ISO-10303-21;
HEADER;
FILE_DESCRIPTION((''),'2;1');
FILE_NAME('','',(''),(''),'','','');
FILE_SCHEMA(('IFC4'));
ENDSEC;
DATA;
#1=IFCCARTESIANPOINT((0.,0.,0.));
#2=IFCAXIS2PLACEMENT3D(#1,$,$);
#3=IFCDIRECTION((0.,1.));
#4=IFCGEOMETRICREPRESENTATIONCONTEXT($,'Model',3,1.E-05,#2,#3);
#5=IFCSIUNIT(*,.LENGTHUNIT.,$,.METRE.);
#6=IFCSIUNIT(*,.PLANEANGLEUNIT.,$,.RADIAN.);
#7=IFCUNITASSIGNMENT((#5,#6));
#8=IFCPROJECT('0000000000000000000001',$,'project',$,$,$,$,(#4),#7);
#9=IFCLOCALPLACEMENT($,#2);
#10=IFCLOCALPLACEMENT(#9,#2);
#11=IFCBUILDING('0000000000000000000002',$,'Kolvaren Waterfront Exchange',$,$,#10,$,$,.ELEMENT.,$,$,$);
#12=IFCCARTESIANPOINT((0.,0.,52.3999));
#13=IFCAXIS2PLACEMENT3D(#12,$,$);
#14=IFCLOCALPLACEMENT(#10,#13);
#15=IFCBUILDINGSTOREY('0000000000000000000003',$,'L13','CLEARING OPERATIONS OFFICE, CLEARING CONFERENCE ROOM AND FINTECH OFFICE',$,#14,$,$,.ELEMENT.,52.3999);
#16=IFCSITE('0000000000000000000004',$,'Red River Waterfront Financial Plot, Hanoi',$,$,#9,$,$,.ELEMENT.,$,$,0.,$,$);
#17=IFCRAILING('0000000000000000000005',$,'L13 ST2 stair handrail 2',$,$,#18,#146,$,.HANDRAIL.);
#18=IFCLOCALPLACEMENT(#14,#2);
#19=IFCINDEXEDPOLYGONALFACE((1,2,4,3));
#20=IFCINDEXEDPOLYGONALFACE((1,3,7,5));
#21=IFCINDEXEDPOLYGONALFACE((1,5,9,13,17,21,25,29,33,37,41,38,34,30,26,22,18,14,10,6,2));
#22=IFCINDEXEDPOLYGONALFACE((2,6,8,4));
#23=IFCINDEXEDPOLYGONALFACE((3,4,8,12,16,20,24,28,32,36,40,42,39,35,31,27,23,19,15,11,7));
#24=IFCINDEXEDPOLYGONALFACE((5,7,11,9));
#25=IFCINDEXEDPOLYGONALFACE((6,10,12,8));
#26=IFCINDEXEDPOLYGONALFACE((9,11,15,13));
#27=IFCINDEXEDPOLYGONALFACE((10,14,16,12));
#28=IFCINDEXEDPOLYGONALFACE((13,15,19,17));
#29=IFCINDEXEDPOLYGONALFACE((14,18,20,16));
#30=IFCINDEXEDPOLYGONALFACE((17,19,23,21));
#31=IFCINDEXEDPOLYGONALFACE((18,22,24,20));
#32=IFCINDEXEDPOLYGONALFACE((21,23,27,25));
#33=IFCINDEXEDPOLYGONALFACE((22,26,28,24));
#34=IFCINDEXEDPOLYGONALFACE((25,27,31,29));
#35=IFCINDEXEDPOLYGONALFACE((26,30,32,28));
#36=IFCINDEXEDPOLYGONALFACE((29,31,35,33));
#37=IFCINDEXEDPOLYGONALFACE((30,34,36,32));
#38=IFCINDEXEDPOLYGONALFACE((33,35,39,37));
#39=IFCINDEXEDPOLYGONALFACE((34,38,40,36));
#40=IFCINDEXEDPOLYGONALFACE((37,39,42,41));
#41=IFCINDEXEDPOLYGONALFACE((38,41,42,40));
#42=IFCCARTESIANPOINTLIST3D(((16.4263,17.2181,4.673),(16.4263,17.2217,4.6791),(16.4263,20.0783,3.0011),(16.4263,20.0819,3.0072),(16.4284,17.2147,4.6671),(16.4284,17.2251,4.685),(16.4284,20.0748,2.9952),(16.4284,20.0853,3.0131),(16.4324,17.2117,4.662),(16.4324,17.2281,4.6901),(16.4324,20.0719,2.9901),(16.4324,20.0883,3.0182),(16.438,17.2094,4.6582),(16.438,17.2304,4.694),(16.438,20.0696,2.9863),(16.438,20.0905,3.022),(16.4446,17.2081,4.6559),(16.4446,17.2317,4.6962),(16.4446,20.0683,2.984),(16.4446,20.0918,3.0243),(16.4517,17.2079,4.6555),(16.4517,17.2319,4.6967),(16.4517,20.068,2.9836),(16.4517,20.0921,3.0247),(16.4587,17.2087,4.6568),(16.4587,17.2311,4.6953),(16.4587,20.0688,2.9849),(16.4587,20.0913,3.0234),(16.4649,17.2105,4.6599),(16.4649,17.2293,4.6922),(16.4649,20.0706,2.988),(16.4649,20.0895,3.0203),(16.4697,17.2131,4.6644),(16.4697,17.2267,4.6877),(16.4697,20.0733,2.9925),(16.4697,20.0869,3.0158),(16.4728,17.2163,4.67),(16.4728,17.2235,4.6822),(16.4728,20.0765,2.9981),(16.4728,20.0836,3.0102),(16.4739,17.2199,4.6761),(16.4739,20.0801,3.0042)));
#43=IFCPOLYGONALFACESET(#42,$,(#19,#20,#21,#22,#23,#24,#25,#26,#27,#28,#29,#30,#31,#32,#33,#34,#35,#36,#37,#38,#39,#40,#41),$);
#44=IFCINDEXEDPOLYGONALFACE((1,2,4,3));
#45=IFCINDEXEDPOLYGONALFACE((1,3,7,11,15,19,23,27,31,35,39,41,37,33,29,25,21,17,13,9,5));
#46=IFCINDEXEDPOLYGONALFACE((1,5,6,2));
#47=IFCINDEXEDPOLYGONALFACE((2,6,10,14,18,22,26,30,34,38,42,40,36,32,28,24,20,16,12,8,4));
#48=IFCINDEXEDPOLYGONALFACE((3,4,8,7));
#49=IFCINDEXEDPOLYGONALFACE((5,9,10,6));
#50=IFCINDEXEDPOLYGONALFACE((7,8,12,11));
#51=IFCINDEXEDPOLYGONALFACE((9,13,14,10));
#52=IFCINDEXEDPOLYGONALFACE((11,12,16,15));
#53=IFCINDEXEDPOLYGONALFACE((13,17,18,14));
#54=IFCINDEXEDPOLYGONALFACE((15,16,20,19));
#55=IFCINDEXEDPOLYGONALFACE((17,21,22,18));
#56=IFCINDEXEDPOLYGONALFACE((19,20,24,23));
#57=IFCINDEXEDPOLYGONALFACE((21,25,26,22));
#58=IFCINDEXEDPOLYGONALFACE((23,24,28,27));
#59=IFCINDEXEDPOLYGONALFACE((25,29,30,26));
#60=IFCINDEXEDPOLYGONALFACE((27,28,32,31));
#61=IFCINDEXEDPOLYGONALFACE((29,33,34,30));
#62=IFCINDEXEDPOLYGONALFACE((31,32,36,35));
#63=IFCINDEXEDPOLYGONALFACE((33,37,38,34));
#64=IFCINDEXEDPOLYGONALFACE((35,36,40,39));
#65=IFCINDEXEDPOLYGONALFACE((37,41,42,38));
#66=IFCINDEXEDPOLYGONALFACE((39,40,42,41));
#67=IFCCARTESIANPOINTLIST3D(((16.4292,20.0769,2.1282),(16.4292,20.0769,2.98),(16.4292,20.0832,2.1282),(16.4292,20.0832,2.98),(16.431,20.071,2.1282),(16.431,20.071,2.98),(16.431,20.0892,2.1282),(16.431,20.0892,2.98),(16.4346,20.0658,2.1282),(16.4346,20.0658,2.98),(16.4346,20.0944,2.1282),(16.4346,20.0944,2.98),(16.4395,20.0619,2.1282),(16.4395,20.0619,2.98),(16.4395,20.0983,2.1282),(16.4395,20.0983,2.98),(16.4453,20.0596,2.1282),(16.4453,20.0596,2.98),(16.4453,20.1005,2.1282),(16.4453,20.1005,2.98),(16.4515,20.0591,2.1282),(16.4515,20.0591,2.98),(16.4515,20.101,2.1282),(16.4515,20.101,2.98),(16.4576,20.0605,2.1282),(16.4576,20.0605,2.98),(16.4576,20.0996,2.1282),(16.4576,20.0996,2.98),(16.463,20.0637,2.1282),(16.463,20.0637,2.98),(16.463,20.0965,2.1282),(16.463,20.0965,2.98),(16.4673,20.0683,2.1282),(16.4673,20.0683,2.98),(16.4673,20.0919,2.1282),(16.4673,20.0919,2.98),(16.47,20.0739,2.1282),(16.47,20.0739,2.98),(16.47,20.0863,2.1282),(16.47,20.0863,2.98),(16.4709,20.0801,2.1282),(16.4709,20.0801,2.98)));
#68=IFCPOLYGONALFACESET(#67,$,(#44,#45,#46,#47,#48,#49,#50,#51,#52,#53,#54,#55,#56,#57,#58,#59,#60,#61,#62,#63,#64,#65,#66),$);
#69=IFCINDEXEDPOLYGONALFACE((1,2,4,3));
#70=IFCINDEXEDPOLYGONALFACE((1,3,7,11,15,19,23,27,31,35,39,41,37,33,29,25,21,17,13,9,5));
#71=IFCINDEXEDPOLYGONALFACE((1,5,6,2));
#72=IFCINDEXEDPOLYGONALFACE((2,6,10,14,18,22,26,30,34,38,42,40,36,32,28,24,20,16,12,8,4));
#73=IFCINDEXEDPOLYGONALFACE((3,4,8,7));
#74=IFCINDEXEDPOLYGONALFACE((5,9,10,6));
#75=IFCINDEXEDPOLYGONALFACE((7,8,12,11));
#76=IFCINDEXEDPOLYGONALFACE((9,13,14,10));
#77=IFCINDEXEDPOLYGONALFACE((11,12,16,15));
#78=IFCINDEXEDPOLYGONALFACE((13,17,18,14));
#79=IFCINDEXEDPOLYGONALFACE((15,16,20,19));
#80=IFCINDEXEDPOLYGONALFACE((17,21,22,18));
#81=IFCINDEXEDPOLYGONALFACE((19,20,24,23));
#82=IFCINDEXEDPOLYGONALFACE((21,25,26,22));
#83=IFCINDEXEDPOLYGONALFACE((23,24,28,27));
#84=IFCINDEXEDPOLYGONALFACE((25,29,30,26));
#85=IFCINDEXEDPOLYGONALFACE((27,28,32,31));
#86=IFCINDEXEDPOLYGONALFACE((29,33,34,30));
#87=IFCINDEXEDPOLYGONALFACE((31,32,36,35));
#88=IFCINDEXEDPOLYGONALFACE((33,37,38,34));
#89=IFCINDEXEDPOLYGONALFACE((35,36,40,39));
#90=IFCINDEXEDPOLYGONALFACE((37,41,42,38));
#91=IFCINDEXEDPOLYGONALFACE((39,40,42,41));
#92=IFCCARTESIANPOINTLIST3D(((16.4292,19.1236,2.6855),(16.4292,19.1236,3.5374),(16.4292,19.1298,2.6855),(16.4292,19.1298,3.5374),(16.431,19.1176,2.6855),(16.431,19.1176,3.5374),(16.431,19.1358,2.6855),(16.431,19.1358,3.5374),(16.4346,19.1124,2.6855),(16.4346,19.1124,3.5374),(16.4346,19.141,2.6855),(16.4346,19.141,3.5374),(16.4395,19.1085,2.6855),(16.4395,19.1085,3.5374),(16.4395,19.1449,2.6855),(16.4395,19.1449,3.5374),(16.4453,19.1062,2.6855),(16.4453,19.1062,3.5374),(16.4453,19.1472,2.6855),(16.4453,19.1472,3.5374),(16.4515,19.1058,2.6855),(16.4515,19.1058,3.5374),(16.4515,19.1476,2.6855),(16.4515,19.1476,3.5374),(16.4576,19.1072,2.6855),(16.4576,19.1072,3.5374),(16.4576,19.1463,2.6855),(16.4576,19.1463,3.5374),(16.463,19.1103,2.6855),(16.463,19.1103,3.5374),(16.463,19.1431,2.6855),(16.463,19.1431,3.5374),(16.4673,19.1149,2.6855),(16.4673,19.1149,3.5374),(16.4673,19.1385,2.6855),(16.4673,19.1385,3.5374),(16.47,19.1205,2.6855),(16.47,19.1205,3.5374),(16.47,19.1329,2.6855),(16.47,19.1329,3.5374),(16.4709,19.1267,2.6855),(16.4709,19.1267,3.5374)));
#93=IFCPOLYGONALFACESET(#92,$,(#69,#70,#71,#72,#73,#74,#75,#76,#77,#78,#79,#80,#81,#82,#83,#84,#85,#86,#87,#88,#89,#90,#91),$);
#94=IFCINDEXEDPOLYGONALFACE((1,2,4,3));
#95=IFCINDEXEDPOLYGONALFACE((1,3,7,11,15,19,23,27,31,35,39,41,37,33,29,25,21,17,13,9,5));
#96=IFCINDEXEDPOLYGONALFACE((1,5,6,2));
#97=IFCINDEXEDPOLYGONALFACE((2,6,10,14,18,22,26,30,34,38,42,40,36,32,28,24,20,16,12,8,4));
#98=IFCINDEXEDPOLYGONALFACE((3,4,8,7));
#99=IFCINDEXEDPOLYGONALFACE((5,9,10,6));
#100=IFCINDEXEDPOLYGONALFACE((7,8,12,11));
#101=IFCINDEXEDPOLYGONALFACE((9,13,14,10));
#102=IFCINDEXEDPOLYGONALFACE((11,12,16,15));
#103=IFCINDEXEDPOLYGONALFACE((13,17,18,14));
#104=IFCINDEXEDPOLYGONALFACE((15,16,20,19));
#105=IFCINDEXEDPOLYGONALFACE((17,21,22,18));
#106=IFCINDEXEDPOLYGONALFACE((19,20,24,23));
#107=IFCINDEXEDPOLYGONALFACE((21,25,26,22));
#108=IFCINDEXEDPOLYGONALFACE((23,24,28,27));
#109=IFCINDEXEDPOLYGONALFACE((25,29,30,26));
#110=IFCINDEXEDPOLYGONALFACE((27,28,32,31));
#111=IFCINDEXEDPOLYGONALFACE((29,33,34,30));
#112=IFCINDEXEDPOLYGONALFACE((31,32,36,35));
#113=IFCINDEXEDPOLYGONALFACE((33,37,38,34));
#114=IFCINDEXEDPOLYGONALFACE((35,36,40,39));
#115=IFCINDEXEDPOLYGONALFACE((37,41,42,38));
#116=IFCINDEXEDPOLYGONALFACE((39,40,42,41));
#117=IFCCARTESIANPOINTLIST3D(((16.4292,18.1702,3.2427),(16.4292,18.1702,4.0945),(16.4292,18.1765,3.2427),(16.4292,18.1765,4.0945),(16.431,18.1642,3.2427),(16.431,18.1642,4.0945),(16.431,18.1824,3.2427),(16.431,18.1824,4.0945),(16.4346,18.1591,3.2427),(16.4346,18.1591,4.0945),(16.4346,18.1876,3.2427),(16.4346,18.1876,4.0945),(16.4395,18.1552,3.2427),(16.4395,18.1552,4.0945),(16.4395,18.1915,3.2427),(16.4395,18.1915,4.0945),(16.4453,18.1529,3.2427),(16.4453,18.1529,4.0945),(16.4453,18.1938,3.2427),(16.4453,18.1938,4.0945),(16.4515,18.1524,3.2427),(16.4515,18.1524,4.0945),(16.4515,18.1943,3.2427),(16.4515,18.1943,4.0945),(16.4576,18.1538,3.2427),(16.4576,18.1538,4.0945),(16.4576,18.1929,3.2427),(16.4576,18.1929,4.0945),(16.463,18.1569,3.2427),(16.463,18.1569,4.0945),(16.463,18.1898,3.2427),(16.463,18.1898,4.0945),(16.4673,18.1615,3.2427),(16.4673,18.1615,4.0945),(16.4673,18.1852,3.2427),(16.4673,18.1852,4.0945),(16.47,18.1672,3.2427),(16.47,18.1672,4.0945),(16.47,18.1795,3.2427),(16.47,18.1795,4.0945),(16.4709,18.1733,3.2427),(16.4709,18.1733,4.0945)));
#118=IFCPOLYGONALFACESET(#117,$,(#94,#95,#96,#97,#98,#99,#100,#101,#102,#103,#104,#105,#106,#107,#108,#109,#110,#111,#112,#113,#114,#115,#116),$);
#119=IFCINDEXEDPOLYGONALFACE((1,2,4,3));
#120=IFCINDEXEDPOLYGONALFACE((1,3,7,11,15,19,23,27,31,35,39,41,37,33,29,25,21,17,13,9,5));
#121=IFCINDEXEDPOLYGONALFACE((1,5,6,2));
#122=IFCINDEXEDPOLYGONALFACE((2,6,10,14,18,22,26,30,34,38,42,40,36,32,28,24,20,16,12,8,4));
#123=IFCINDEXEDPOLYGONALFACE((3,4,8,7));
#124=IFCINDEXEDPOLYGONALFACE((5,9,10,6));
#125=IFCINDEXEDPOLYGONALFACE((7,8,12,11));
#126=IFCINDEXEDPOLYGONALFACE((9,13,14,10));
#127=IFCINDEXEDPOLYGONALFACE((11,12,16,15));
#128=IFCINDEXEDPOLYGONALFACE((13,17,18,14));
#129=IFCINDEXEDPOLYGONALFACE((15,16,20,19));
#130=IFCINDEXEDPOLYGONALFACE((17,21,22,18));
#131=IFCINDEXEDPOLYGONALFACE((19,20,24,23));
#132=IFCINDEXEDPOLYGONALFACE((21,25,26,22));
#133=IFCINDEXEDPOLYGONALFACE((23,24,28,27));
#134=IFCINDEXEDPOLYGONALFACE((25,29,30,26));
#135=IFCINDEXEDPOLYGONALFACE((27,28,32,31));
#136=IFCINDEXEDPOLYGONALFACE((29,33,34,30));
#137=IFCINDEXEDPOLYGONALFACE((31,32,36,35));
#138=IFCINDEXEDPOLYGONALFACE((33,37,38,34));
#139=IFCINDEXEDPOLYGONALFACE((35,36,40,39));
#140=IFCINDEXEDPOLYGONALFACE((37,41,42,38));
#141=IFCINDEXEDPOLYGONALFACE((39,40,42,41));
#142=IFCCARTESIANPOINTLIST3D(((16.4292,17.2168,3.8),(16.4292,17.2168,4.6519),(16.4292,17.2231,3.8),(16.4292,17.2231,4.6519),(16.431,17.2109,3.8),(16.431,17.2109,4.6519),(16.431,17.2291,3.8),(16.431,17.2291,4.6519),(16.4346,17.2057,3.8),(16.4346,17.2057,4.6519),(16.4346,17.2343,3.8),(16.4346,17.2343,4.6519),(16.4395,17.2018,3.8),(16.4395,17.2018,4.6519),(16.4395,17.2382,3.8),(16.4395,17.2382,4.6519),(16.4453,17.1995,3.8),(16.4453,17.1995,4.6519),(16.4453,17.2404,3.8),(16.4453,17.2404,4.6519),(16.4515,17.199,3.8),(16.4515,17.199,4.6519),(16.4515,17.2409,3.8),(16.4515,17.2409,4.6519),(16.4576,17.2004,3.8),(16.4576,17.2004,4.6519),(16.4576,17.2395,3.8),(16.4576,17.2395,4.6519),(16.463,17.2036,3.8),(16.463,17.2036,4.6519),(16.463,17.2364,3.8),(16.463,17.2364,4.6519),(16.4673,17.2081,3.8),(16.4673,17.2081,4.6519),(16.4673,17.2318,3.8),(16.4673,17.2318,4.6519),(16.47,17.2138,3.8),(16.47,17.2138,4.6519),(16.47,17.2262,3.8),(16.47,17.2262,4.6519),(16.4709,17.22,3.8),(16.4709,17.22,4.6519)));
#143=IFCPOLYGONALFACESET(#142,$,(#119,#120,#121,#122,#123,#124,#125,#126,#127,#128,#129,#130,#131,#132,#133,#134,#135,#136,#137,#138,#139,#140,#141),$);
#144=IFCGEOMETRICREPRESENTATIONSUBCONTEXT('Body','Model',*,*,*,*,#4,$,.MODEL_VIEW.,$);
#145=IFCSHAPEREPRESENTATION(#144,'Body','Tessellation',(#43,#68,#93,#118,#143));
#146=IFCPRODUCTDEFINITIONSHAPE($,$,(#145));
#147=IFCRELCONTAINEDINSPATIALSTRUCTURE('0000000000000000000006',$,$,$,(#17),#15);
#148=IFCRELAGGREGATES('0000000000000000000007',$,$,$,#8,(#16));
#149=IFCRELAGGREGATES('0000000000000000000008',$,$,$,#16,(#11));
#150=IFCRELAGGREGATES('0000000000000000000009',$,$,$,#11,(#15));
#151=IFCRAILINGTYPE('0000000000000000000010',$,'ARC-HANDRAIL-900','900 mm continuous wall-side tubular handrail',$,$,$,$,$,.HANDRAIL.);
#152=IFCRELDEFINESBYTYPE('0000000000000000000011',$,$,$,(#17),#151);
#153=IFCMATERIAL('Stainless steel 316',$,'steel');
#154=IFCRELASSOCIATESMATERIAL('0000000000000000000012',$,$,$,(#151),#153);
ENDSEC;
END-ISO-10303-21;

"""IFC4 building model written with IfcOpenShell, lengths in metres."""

from ifc_helpers import new_model, si_unit, direction, frame, origin, origin_2d, place, context, subcontext, project, spatial, circle, extrude, material, type_object, element, save


model = new_model("IFC4")

# Units and contexts
model_context = context("Model", 3, precision=1e-05, world=origin(), true_north=direction((0.0, 1.0)))
body_context = subcontext(model_context, "Body", "Model", "MODEL_VIEW")
ifc_project = project(units=[si_unit("LENGTHUNIT", "METRE"), si_unit("PLANEANGLEUNIT", "RADIAN")], contexts=[model_context])

# Site, building, storey
site_placement = place(None, origin())
site = spatial("IfcSite", under=ifc_project, at=site_placement, Name="Red River Waterfront Financial Plot, Hanoi", CompositionType="ELEMENT", RefElevation=0.0)
building_placement = place(site_placement, origin())
building = spatial("IfcBuilding", under=site, at=building_placement, Name="Kolvaren Waterfront Exchange", CompositionType="ELEMENT")
storey_placement = place(building_placement, frame((0.0, 0.0, 52.3999)))
storey = spatial("IfcBuildingStorey", under=building, at=storey_placement, Name="L13", Description="CLEARING OPERATIONS OFFICE, CLEARING CONFERENCE ROOM AND FINTECH OFFICE", CompositionType="ELEMENT", Elevation=52.3999)

# Railing
ifc_material_1 = material(Name="Stainless steel 316", Category="steel")
railing_type_1 = type_object("IfcRailingType", Name="ARC-HANDRAIL-900", Description="900 mm continuous wall-side tubular handrail", PredefinedType="HANDRAIL", material=ifc_material_1)
railing_1_placement = place(storey_placement, frame((16.45, 20.0801, 2.1282)))
element("IfcRailing", 1, at=railing_1_placement, inside=storey, type_object=railing_type_1, Name="L13 ST2 stair handrail 2", PredefinedType="HANDRAIL", context=body_context, shape_type="SweptSolid", body=[
    extrude(circle(Radius=0.0239, at=origin_2d()), frame((0.0, 0.0, 0.876), z_axis=(0.0, -0.863321, 0.504654), x_axis=(1.0, 0.0, 0.0)), (0.0, 0.0, 1.0), 3.313),
    extrude(circle(Radius=0.021, at=origin_2d()), origin(), (0.0, 0.0, 1.0), 0.8518),
    extrude(circle(Radius=0.021, at=origin_2d()), frame((0.0, -0.9534, 0.5574)), (0.0, 0.0, 1.0), 0.8518),
    extrude(circle(Radius=0.021, at=origin_2d()), frame((0.0, -1.9067, 1.1145)), (0.0, 0.0, 1.0), 0.8518),
    extrude(circle(Radius=0.021, at=origin_2d()), frame((0.0, -2.8601, 1.6719)), (0.0, 0.0, 1.0), 0.8518),
])

save(model, "model.ifc")
